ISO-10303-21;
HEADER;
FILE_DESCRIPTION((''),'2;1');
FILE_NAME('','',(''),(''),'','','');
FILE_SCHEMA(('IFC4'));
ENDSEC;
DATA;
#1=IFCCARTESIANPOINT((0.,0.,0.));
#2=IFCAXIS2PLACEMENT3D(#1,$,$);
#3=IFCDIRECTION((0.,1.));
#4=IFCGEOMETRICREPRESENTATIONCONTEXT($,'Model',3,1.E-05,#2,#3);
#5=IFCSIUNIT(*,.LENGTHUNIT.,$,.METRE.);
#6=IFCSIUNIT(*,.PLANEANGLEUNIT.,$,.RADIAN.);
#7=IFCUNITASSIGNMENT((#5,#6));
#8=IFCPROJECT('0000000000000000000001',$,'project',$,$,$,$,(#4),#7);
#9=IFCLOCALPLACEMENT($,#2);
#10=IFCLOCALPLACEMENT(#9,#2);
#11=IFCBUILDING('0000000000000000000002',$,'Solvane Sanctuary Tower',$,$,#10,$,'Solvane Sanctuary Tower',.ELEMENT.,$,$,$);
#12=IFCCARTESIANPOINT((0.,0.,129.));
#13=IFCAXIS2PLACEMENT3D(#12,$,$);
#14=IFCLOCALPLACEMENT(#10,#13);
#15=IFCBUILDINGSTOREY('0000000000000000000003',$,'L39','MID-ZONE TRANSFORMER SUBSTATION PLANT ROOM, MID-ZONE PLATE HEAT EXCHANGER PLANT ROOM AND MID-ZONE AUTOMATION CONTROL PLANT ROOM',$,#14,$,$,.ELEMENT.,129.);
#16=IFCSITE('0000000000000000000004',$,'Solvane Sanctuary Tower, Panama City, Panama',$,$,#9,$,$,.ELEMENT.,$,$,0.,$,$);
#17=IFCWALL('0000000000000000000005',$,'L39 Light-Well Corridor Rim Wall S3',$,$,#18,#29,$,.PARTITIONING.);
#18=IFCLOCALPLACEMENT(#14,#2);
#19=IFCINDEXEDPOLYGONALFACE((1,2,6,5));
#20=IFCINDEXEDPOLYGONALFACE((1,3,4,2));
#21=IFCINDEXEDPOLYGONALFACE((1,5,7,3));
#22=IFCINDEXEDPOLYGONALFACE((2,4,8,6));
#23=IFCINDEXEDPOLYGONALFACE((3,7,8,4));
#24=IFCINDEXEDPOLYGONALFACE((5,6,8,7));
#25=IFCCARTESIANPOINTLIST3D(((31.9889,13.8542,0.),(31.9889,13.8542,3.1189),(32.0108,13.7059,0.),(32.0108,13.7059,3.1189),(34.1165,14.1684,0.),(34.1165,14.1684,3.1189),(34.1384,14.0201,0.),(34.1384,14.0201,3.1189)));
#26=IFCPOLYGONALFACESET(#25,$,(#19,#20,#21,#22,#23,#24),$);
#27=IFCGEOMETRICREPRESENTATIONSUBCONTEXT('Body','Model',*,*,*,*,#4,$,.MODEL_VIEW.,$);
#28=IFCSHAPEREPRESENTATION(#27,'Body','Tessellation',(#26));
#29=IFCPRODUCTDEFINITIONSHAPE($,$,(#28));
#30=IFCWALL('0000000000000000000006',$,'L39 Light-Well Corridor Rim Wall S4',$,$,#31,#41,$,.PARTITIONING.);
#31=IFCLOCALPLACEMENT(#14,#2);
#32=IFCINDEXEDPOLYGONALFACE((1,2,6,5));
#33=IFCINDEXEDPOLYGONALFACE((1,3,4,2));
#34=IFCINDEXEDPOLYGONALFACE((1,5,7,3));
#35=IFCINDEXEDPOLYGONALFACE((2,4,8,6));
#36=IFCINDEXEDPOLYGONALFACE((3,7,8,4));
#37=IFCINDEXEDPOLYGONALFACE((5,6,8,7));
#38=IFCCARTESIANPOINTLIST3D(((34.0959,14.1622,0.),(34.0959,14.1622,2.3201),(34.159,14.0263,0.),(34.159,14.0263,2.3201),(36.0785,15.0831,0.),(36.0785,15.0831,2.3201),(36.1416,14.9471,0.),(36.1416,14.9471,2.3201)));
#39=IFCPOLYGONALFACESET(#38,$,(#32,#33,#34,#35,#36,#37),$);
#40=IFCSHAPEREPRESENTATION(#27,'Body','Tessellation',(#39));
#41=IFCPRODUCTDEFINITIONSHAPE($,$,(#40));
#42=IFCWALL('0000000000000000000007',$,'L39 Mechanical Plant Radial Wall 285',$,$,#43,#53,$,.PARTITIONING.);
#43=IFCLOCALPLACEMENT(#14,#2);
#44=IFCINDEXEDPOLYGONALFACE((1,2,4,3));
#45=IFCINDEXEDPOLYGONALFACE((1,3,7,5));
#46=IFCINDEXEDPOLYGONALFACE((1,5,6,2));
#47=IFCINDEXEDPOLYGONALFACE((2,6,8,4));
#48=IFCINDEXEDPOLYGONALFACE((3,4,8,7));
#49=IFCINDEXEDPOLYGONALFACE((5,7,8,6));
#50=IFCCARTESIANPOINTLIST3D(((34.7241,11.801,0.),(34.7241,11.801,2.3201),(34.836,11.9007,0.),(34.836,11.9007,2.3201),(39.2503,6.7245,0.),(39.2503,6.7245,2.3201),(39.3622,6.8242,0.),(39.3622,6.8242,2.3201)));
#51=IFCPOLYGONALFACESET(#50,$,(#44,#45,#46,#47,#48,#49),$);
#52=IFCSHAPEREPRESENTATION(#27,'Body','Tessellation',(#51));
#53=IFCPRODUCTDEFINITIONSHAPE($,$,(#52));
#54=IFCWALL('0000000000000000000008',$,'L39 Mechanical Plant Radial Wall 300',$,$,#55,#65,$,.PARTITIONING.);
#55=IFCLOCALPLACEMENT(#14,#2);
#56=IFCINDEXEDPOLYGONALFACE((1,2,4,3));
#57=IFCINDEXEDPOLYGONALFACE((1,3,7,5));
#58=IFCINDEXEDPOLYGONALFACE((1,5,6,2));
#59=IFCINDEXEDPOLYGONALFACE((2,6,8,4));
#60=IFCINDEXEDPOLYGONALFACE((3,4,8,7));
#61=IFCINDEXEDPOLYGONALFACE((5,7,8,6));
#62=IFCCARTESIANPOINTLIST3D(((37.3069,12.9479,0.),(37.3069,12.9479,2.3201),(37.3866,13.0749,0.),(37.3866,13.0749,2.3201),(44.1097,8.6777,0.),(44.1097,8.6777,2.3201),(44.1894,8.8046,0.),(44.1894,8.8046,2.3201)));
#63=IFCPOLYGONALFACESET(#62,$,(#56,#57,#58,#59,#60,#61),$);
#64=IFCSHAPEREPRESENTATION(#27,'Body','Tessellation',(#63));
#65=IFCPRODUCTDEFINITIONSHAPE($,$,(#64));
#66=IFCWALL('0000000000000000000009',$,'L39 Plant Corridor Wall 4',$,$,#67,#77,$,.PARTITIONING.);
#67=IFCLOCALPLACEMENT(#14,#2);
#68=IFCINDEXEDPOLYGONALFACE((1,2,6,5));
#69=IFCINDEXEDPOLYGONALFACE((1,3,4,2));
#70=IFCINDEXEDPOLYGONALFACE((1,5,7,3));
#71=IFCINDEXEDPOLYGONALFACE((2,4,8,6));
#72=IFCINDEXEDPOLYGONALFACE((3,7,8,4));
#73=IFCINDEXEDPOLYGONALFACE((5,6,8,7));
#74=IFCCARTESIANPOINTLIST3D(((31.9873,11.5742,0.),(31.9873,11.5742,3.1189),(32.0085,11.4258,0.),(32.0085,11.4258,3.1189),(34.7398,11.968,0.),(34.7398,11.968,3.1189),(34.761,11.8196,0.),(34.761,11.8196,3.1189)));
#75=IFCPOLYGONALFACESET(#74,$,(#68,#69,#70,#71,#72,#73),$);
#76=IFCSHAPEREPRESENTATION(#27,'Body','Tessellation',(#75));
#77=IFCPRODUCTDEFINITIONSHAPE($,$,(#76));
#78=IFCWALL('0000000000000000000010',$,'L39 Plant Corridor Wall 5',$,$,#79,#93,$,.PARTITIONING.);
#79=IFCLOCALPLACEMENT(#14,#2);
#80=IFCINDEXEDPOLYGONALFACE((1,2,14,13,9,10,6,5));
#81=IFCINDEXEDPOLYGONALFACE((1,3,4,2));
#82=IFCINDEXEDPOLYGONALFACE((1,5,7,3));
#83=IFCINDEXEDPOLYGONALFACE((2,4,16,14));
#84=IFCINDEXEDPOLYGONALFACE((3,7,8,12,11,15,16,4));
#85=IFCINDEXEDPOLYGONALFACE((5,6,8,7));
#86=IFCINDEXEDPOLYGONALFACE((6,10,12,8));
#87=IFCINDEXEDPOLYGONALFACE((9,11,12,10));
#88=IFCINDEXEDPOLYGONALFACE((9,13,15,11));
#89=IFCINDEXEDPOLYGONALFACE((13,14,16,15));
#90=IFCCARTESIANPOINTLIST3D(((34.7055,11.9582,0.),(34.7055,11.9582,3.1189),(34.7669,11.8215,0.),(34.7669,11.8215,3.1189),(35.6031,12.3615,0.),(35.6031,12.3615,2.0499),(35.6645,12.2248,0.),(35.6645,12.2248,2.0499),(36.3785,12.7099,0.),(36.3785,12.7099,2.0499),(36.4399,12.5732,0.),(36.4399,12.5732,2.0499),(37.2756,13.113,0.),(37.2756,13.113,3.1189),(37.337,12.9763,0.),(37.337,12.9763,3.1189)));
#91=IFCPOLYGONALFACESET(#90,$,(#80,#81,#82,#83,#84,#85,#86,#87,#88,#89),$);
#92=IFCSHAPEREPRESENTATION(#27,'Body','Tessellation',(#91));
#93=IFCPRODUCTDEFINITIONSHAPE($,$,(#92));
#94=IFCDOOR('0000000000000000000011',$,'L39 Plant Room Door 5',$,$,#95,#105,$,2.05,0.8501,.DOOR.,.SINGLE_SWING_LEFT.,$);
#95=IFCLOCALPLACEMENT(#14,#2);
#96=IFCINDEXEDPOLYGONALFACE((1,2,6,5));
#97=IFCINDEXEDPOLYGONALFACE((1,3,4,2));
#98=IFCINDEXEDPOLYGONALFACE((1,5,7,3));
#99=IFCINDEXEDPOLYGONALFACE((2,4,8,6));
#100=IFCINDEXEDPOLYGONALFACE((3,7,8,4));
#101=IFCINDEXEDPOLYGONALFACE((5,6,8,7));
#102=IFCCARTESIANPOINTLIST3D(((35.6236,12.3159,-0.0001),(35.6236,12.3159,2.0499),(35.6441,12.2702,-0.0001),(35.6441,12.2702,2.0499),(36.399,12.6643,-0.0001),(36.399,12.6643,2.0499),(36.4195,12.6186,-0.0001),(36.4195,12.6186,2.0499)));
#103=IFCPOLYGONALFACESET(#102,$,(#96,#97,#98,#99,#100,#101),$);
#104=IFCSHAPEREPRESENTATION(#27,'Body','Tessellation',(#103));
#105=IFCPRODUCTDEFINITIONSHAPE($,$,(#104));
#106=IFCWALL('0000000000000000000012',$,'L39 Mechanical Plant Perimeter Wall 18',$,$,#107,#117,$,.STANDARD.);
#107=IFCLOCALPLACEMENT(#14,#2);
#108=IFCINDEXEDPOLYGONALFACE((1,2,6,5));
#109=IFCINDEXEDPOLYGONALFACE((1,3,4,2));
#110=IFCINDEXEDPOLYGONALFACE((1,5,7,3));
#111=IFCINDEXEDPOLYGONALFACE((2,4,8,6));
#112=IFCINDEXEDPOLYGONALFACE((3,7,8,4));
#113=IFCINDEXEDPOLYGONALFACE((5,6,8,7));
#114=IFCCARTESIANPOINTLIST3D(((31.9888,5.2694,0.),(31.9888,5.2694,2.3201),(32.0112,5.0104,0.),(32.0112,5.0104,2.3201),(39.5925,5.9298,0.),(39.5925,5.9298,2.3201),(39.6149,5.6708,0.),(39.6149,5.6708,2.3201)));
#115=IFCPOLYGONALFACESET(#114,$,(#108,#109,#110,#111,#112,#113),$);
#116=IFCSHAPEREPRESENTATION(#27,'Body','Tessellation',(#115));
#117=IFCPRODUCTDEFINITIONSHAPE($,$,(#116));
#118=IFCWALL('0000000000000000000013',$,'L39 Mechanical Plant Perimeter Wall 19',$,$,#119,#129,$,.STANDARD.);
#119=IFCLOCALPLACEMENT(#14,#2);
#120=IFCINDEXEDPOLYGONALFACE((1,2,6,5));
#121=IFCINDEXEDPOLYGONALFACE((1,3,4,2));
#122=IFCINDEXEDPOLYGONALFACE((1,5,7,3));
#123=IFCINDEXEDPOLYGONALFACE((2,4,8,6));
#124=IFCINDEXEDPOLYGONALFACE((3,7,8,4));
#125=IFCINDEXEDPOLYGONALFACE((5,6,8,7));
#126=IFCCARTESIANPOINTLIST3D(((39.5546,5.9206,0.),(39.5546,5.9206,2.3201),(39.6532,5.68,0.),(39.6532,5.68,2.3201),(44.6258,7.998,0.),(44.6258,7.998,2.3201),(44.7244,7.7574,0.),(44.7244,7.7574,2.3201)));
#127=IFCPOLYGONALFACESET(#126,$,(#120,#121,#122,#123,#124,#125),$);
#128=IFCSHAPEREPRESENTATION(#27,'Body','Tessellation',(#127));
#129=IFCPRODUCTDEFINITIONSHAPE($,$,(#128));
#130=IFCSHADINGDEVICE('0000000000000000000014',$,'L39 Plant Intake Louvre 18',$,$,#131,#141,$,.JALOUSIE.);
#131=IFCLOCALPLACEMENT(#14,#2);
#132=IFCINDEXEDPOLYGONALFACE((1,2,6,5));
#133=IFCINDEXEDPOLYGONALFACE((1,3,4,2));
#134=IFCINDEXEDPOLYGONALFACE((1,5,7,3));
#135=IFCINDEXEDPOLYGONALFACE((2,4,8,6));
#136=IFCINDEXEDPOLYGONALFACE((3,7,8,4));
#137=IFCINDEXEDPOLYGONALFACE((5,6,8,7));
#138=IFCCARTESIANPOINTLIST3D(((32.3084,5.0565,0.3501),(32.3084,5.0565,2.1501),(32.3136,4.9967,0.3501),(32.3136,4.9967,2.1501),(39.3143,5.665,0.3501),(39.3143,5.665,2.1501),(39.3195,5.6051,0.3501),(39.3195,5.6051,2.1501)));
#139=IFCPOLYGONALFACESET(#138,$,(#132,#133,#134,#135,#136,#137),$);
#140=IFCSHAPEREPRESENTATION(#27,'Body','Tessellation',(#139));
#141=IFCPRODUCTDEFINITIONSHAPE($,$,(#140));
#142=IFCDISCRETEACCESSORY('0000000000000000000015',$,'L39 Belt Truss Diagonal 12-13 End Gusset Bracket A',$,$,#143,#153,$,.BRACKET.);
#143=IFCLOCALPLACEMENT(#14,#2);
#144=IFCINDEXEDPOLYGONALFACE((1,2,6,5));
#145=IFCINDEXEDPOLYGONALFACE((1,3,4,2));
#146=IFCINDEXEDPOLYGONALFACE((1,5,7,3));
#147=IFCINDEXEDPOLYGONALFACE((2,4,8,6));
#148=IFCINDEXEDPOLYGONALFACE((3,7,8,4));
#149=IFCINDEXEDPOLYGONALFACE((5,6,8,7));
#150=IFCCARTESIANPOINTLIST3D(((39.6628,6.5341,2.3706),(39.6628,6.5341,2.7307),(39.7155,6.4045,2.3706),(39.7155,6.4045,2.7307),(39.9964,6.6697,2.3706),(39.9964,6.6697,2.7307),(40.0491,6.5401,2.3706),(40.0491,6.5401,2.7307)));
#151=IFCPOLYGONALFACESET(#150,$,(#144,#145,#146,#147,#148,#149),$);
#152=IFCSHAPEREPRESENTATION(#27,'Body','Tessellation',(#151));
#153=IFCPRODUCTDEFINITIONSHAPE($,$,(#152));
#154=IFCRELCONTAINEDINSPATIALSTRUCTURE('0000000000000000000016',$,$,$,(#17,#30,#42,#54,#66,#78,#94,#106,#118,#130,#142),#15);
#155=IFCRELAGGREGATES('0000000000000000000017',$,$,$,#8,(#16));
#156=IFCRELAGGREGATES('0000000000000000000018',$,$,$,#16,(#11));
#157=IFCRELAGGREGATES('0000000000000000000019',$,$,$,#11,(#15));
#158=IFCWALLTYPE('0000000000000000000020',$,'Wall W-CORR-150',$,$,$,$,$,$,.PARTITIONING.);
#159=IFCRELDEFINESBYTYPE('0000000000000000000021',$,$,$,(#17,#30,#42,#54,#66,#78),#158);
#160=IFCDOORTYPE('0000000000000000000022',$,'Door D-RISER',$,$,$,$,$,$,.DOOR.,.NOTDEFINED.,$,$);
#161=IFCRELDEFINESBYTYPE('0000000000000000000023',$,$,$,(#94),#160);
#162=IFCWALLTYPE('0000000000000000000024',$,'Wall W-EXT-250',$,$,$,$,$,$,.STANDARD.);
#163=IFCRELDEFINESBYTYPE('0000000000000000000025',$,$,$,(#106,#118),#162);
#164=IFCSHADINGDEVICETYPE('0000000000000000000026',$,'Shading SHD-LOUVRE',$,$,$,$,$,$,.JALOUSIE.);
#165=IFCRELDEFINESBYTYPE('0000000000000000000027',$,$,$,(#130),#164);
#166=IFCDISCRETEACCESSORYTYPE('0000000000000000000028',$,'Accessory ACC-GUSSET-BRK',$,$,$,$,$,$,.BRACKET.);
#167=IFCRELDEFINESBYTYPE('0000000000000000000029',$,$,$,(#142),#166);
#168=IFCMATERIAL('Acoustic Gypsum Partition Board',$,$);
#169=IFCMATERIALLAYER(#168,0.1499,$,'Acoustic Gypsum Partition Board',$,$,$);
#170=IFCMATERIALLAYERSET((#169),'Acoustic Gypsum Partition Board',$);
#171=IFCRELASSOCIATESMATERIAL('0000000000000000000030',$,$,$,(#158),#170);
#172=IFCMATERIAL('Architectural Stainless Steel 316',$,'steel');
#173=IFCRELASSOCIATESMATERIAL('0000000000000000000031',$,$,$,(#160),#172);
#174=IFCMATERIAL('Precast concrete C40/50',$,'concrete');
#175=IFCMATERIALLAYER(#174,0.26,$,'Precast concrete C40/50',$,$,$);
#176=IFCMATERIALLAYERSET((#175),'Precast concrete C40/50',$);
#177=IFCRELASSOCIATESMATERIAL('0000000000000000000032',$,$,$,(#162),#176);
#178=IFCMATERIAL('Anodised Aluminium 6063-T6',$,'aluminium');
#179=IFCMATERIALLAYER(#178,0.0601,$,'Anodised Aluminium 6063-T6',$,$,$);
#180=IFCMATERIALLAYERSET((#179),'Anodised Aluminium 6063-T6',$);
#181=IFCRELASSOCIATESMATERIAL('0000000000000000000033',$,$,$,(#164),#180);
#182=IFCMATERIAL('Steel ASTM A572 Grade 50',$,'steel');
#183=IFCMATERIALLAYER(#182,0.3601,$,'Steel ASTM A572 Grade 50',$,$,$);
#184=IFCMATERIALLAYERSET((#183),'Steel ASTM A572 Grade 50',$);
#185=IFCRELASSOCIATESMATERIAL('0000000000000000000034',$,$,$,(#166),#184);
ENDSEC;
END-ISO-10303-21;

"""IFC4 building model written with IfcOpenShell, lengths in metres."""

from ifc_helpers import new_model, si_unit, direction, frame, frame_2d, origin, origin_2d, place, context, subcontext, project, spatial, rectangle, extrude, material, layer, layer_set, type_object, element, fill, save


model = new_model("IFC4")

# Units and contexts
model_context = context("Model", 3, precision=1e-05, world=origin(), true_north=direction((0.0, 1.0)))
body_context = subcontext(model_context, "Body", "Model", "MODEL_VIEW")
ifc_project = project(units=[si_unit("LENGTHUNIT", "METRE"), si_unit("PLANEANGLEUNIT", "RADIAN")], contexts=[model_context])

# Site, building, storey
site_placement = place(None, origin())
site = spatial("IfcSite", under=ifc_project, at=site_placement, Name="Solvane Sanctuary Tower, Panama City, Panama", CompositionType="ELEMENT", RefElevation=0.0)
building_placement = place(site_placement, origin())
building = spatial("IfcBuilding", under=site, at=building_placement, Name="Solvane Sanctuary Tower", LongName="Solvane Sanctuary Tower", CompositionType="ELEMENT")
storey_placement = place(building_placement, frame((0.0, 0.0, 129.0)))
storey = spatial("IfcBuildingStorey", under=building, at=storey_placement, Name="L39", Description="MID-ZONE TRANSFORMER SUBSTATION PLANT ROOM, MID-ZONE PLATE HEAT EXCHANGER PLANT ROOM AND MID-ZONE AUTOMATION CONTROL PLANT ROOM", CompositionType="ELEMENT", Elevation=129.0)

# Walls
ifc_material_1 = material(Name="Acoustic Gypsum Partition Board")
ifc_layer_1 = layer(ifc_material_1, 0.1499, Name="Acoustic Gypsum Partition Board")
ifc_layer_set_1 = layer_set([ifc_layer_1], Name="Acoustic Gypsum Partition Board")
wall_type_1 = type_object("IfcWallType", Name="Wall W-CORR-150", PredefinedType="PARTITIONING", material=ifc_layer_set_1)
wall_1_placement = place(storey_placement, frame((32.0, 13.78, 0.0), z_axis=(0.0, 0.0, 1.0), x_axis=(0.989269, 0.146108, 0.0)))
element("IfcWall", 1, at=wall_1_placement, inside=storey, type_object=wall_type_1, Name="L39 Light-Well Corridor Rim Wall S3", PredefinedType="PARTITIONING", context=body_context, shape_type="SweptSolid", body=[
    extrude(rectangle(XDim=2.1506, YDim=0.1499, at=frame_2d((1.0752, 0.0))), origin(), (0.0, 0.0, 1.0), 3.1189),
])
wall_2_placement = place(storey_placement, frame((34.1274, 14.0942, 0.0), z_axis=(0.0, 0.0, 1.0), x_axis=(0.906943, 0.421252, 0.0)))
element("IfcWall", 2, at=wall_2_placement, inside=storey, type_object=wall_type_1, Name="L39 Light-Well Corridor Rim Wall S4", PredefinedType="PARTITIONING", context=body_context, shape_type="SweptSolid", body=[
    extrude(rectangle(XDim=2.186, YDim=0.1499, at=frame_2d((1.093, 0.0))), origin(), (0.0, 0.0, 1.0), 2.3201),
])
wall_3_placement = place(storey_placement, frame((34.78, 11.8508, 0.0), z_axis=(0.0, 0.0, 1.0), x_axis=(0.665493, -0.746404, 0.0)))
element("IfcWall", 3, at=wall_3_placement, inside=storey, type_object=wall_type_1, Name="L39 Mechanical Plant Radial Wall 285", PredefinedType="PARTITIONING", context=body_context, shape_type="SweptSolid", body=[
    extrude(rectangle(XDim=6.8013, YDim=0.1499, at=frame_2d((3.4006, 0.0))), origin(), (0.0, 0.0, 1.0), 2.3201),
])
wall_4_placement = place(storey_placement, frame((37.3467, 13.0115, 0.0), z_axis=(0.0, 0.0, 1.0), x_axis=(0.846958, -0.531659, 0.0)))
element("IfcWall", 4, at=wall_4_placement, inside=storey, type_object=wall_type_1, Name="L39 Mechanical Plant Radial Wall 300", PredefinedType="PARTITIONING", context=body_context, shape_type="SweptSolid", body=[
    extrude(rectangle(XDim=8.032, YDim=0.1499, at=frame_2d((4.0161, 0.0))), origin(), (0.0, 0.0, 1.0), 2.3201),
])
wall_5_placement = place(storey_placement, frame((31.998, 11.5, 0.0), z_axis=(0.0, 0.0, 1.0), x_axis=(0.98992, 0.14163, 0.0)))
element("IfcWall", 5, at=wall_5_placement, inside=storey, type_object=wall_type_1, Name="L39 Plant Corridor Wall 4", PredefinedType="PARTITIONING", context=body_context, shape_type="SweptSolid", body=[
    extrude(rectangle(XDim=2.7805, YDim=0.1499, at=frame_2d((1.3901, 0.0))), origin(), (0.0, 0.0, 1.0), 3.1189),
])

# Wall, opening, door
wall_6_placement = place(storey_placement, frame((34.7363, 11.8899, 0.0), z_axis=(0.0, 0.0, 1.0), x_axis=(0.912153, 0.409849, 0.0)))
wall_6 = element("IfcWall", 6, at=wall_6_placement, inside=storey, type_object=wall_type_1, Name="L39 Plant Corridor Wall 5", PredefinedType="PARTITIONING", context=body_context, shape_type="SweptSolid", body=[
    extrude(rectangle(XDim=2.8176, YDim=0.1499, at=frame_2d((1.4087, 0.0))), origin(), (0.0, 0.0, 1.0), 3.1189),
])
opening_placement = place(wall_6_placement, frame((0.9839, 0.0, 0.0)))
opening = element("IfcOpeningElement", 7, at=opening_placement, cuts=wall_6, PredefinedType="OPENING", context=body_context, shape_type="SweptSolid", body=[
    extrude(rectangle(XDim=0.8501, YDim=2.05, at=frame_2d((0.425, 1.0249))), frame((0.0, 0.085, 0.0), z_axis=(0.0, -1.0, 0.0), x_axis=(1.0, 0.0, 0.0)), (0.0, 0.0, 1.0), 0.1699),
])
ifc_material_2 = material(Name="Architectural Stainless Steel 316", Category="steel")
door_type = type_object("IfcDoorType", Name="Door D-RISER", OperationType="NOTDEFINED", PredefinedType="DOOR", material=ifc_material_2)
door_placement = place(opening_placement, origin())
door = element("IfcDoor", 8, at=door_placement, inside=storey, type_object=door_type, Name="L39 Plant Room Door 5", OperationType="SINGLE_SWING_LEFT", OverallHeight=2.05, OverallWidth=0.8501, PredefinedType="DOOR", context=body_context, shape_type="SweptSolid", body=[
    extrude(rectangle(XDim=0.8501, YDim=2.05, at=frame_2d((0.425, 1.0249))), frame((0.0, 0.0249, 0.0), z_axis=(0.0, -1.0, 0.0), x_axis=(1.0, 0.0, 0.0)), (0.0, 0.0, 1.0), 0.05),
])
fill(opening, door)

# Walls
ifc_material_3 = material(Name="Precast concrete C40/50", Category="concrete")
ifc_layer_2 = layer(ifc_material_3, 0.26, Name="Precast concrete C40/50")
ifc_layer_set_2 = layer_set([ifc_layer_2], Name="Precast concrete C40/50")
wall_type_2 = type_object("IfcWallType", Name="Wall W-EXT-250", PredefinedType="STANDARD", material=ifc_layer_set_2)
wall_7_placement = place(storey_placement, frame((32.0, 5.1399, 0.0), z_axis=(0.0, 0.0, 1.0), x_axis=(0.99625, 0.086526, 0.0)))
element("IfcWall", 9, at=wall_7_placement, inside=storey, type_object=wall_type_2, Name="L39 Mechanical Plant Perimeter Wall 18", PredefinedType="STANDARD", context=body_context, shape_type="SweptSolid", body=[
    extrude(rectangle(XDim=7.6323, YDim=0.26, at=frame_2d((3.8162, 0.0))), origin(), (0.0, 0.0, 1.0), 2.3201),
])
wall_8_placement = place(storey_placement, frame((39.6038, 5.8003, 0.0), z_axis=(0.0, 0.0, 1.0), x_axis=(0.925369, 0.379066, 0.0)))
element("IfcWall", 10, at=wall_8_placement, inside=storey, type_object=wall_type_2, Name="L39 Mechanical Plant Perimeter Wall 19", PredefinedType="STANDARD", context=body_context, shape_type="SweptSolid", body=[
    extrude(rectangle(XDim=5.4802, YDim=0.26, at=frame_2d((2.7402, 0.0))), origin(), (0.0, 0.0, 1.0), 2.3201),
])

# Shading device
ifc_material_4 = material(Name="Anodised Aluminium 6063-T6", Category="aluminium")
ifc_layer_3 = layer(ifc_material_4, 0.0601, Name="Anodised Aluminium 6063-T6")
ifc_layer_set_3 = layer_set([ifc_layer_3], Name="Anodised Aluminium 6063-T6")
shading_device_type = type_object("IfcShadingDeviceType", Name="Shading SHD-LOUVRE", PredefinedType="JALOUSIE", material=ifc_layer_set_3)
shading_device_placement = place(storey_placement, frame((35.814, 5.3308, 0.3501), z_axis=(0.0, 0.0, 1.0), x_axis=(0.99625, 0.086526, 0.0)))
element("IfcShadingDevice", 11, at=shading_device_placement, inside=storey, type_object=shading_device_type, Name="L39 Plant Intake Louvre 18", PredefinedType="JALOUSIE", context=body_context, shape_type="SweptSolid", body=[
    extrude(rectangle(XDim=7.0322, YDim=0.0601, at=origin_2d()), origin(), (0.0, 0.0, 1.0), 1.8),
])

# Discrete accessory
ifc_material_5 = material(Name="Steel ASTM A572 Grade 50", Category="steel")
ifc_layer_4 = layer(ifc_material_5, 0.3601, Name="Steel ASTM A572 Grade 50")
ifc_layer_set_4 = layer_set([ifc_layer_4], Name="Steel ASTM A572 Grade 50")
discrete_accessory_type = type_object("IfcDiscreteAccessoryType", Name="Accessory ACC-GUSSET-BRK", PredefinedType="BRACKET", material=ifc_layer_set_4)
discrete_accessory_placement = place(storey_placement, frame((39.856, 6.5371, 2.3706), z_axis=(0.0, 0.0, 1.0), x_axis=(0.926463, 0.376386, 0.0)))
element("IfcDiscreteAccessory", 12, at=discrete_accessory_placement, inside=storey, type_object=discrete_accessory_type, Name="L39 Belt Truss Diagonal 12-13 End Gusset Bracket A", PredefinedType="BRACKET", context=body_context, shape_type="SweptSolid", body=[
    extrude(rectangle(XDim=0.3601, YDim=0.1399, at=origin_2d()), origin(), (0.0, 0.0, 1.0), 0.3601),
])

save(model, "model.ifc")
